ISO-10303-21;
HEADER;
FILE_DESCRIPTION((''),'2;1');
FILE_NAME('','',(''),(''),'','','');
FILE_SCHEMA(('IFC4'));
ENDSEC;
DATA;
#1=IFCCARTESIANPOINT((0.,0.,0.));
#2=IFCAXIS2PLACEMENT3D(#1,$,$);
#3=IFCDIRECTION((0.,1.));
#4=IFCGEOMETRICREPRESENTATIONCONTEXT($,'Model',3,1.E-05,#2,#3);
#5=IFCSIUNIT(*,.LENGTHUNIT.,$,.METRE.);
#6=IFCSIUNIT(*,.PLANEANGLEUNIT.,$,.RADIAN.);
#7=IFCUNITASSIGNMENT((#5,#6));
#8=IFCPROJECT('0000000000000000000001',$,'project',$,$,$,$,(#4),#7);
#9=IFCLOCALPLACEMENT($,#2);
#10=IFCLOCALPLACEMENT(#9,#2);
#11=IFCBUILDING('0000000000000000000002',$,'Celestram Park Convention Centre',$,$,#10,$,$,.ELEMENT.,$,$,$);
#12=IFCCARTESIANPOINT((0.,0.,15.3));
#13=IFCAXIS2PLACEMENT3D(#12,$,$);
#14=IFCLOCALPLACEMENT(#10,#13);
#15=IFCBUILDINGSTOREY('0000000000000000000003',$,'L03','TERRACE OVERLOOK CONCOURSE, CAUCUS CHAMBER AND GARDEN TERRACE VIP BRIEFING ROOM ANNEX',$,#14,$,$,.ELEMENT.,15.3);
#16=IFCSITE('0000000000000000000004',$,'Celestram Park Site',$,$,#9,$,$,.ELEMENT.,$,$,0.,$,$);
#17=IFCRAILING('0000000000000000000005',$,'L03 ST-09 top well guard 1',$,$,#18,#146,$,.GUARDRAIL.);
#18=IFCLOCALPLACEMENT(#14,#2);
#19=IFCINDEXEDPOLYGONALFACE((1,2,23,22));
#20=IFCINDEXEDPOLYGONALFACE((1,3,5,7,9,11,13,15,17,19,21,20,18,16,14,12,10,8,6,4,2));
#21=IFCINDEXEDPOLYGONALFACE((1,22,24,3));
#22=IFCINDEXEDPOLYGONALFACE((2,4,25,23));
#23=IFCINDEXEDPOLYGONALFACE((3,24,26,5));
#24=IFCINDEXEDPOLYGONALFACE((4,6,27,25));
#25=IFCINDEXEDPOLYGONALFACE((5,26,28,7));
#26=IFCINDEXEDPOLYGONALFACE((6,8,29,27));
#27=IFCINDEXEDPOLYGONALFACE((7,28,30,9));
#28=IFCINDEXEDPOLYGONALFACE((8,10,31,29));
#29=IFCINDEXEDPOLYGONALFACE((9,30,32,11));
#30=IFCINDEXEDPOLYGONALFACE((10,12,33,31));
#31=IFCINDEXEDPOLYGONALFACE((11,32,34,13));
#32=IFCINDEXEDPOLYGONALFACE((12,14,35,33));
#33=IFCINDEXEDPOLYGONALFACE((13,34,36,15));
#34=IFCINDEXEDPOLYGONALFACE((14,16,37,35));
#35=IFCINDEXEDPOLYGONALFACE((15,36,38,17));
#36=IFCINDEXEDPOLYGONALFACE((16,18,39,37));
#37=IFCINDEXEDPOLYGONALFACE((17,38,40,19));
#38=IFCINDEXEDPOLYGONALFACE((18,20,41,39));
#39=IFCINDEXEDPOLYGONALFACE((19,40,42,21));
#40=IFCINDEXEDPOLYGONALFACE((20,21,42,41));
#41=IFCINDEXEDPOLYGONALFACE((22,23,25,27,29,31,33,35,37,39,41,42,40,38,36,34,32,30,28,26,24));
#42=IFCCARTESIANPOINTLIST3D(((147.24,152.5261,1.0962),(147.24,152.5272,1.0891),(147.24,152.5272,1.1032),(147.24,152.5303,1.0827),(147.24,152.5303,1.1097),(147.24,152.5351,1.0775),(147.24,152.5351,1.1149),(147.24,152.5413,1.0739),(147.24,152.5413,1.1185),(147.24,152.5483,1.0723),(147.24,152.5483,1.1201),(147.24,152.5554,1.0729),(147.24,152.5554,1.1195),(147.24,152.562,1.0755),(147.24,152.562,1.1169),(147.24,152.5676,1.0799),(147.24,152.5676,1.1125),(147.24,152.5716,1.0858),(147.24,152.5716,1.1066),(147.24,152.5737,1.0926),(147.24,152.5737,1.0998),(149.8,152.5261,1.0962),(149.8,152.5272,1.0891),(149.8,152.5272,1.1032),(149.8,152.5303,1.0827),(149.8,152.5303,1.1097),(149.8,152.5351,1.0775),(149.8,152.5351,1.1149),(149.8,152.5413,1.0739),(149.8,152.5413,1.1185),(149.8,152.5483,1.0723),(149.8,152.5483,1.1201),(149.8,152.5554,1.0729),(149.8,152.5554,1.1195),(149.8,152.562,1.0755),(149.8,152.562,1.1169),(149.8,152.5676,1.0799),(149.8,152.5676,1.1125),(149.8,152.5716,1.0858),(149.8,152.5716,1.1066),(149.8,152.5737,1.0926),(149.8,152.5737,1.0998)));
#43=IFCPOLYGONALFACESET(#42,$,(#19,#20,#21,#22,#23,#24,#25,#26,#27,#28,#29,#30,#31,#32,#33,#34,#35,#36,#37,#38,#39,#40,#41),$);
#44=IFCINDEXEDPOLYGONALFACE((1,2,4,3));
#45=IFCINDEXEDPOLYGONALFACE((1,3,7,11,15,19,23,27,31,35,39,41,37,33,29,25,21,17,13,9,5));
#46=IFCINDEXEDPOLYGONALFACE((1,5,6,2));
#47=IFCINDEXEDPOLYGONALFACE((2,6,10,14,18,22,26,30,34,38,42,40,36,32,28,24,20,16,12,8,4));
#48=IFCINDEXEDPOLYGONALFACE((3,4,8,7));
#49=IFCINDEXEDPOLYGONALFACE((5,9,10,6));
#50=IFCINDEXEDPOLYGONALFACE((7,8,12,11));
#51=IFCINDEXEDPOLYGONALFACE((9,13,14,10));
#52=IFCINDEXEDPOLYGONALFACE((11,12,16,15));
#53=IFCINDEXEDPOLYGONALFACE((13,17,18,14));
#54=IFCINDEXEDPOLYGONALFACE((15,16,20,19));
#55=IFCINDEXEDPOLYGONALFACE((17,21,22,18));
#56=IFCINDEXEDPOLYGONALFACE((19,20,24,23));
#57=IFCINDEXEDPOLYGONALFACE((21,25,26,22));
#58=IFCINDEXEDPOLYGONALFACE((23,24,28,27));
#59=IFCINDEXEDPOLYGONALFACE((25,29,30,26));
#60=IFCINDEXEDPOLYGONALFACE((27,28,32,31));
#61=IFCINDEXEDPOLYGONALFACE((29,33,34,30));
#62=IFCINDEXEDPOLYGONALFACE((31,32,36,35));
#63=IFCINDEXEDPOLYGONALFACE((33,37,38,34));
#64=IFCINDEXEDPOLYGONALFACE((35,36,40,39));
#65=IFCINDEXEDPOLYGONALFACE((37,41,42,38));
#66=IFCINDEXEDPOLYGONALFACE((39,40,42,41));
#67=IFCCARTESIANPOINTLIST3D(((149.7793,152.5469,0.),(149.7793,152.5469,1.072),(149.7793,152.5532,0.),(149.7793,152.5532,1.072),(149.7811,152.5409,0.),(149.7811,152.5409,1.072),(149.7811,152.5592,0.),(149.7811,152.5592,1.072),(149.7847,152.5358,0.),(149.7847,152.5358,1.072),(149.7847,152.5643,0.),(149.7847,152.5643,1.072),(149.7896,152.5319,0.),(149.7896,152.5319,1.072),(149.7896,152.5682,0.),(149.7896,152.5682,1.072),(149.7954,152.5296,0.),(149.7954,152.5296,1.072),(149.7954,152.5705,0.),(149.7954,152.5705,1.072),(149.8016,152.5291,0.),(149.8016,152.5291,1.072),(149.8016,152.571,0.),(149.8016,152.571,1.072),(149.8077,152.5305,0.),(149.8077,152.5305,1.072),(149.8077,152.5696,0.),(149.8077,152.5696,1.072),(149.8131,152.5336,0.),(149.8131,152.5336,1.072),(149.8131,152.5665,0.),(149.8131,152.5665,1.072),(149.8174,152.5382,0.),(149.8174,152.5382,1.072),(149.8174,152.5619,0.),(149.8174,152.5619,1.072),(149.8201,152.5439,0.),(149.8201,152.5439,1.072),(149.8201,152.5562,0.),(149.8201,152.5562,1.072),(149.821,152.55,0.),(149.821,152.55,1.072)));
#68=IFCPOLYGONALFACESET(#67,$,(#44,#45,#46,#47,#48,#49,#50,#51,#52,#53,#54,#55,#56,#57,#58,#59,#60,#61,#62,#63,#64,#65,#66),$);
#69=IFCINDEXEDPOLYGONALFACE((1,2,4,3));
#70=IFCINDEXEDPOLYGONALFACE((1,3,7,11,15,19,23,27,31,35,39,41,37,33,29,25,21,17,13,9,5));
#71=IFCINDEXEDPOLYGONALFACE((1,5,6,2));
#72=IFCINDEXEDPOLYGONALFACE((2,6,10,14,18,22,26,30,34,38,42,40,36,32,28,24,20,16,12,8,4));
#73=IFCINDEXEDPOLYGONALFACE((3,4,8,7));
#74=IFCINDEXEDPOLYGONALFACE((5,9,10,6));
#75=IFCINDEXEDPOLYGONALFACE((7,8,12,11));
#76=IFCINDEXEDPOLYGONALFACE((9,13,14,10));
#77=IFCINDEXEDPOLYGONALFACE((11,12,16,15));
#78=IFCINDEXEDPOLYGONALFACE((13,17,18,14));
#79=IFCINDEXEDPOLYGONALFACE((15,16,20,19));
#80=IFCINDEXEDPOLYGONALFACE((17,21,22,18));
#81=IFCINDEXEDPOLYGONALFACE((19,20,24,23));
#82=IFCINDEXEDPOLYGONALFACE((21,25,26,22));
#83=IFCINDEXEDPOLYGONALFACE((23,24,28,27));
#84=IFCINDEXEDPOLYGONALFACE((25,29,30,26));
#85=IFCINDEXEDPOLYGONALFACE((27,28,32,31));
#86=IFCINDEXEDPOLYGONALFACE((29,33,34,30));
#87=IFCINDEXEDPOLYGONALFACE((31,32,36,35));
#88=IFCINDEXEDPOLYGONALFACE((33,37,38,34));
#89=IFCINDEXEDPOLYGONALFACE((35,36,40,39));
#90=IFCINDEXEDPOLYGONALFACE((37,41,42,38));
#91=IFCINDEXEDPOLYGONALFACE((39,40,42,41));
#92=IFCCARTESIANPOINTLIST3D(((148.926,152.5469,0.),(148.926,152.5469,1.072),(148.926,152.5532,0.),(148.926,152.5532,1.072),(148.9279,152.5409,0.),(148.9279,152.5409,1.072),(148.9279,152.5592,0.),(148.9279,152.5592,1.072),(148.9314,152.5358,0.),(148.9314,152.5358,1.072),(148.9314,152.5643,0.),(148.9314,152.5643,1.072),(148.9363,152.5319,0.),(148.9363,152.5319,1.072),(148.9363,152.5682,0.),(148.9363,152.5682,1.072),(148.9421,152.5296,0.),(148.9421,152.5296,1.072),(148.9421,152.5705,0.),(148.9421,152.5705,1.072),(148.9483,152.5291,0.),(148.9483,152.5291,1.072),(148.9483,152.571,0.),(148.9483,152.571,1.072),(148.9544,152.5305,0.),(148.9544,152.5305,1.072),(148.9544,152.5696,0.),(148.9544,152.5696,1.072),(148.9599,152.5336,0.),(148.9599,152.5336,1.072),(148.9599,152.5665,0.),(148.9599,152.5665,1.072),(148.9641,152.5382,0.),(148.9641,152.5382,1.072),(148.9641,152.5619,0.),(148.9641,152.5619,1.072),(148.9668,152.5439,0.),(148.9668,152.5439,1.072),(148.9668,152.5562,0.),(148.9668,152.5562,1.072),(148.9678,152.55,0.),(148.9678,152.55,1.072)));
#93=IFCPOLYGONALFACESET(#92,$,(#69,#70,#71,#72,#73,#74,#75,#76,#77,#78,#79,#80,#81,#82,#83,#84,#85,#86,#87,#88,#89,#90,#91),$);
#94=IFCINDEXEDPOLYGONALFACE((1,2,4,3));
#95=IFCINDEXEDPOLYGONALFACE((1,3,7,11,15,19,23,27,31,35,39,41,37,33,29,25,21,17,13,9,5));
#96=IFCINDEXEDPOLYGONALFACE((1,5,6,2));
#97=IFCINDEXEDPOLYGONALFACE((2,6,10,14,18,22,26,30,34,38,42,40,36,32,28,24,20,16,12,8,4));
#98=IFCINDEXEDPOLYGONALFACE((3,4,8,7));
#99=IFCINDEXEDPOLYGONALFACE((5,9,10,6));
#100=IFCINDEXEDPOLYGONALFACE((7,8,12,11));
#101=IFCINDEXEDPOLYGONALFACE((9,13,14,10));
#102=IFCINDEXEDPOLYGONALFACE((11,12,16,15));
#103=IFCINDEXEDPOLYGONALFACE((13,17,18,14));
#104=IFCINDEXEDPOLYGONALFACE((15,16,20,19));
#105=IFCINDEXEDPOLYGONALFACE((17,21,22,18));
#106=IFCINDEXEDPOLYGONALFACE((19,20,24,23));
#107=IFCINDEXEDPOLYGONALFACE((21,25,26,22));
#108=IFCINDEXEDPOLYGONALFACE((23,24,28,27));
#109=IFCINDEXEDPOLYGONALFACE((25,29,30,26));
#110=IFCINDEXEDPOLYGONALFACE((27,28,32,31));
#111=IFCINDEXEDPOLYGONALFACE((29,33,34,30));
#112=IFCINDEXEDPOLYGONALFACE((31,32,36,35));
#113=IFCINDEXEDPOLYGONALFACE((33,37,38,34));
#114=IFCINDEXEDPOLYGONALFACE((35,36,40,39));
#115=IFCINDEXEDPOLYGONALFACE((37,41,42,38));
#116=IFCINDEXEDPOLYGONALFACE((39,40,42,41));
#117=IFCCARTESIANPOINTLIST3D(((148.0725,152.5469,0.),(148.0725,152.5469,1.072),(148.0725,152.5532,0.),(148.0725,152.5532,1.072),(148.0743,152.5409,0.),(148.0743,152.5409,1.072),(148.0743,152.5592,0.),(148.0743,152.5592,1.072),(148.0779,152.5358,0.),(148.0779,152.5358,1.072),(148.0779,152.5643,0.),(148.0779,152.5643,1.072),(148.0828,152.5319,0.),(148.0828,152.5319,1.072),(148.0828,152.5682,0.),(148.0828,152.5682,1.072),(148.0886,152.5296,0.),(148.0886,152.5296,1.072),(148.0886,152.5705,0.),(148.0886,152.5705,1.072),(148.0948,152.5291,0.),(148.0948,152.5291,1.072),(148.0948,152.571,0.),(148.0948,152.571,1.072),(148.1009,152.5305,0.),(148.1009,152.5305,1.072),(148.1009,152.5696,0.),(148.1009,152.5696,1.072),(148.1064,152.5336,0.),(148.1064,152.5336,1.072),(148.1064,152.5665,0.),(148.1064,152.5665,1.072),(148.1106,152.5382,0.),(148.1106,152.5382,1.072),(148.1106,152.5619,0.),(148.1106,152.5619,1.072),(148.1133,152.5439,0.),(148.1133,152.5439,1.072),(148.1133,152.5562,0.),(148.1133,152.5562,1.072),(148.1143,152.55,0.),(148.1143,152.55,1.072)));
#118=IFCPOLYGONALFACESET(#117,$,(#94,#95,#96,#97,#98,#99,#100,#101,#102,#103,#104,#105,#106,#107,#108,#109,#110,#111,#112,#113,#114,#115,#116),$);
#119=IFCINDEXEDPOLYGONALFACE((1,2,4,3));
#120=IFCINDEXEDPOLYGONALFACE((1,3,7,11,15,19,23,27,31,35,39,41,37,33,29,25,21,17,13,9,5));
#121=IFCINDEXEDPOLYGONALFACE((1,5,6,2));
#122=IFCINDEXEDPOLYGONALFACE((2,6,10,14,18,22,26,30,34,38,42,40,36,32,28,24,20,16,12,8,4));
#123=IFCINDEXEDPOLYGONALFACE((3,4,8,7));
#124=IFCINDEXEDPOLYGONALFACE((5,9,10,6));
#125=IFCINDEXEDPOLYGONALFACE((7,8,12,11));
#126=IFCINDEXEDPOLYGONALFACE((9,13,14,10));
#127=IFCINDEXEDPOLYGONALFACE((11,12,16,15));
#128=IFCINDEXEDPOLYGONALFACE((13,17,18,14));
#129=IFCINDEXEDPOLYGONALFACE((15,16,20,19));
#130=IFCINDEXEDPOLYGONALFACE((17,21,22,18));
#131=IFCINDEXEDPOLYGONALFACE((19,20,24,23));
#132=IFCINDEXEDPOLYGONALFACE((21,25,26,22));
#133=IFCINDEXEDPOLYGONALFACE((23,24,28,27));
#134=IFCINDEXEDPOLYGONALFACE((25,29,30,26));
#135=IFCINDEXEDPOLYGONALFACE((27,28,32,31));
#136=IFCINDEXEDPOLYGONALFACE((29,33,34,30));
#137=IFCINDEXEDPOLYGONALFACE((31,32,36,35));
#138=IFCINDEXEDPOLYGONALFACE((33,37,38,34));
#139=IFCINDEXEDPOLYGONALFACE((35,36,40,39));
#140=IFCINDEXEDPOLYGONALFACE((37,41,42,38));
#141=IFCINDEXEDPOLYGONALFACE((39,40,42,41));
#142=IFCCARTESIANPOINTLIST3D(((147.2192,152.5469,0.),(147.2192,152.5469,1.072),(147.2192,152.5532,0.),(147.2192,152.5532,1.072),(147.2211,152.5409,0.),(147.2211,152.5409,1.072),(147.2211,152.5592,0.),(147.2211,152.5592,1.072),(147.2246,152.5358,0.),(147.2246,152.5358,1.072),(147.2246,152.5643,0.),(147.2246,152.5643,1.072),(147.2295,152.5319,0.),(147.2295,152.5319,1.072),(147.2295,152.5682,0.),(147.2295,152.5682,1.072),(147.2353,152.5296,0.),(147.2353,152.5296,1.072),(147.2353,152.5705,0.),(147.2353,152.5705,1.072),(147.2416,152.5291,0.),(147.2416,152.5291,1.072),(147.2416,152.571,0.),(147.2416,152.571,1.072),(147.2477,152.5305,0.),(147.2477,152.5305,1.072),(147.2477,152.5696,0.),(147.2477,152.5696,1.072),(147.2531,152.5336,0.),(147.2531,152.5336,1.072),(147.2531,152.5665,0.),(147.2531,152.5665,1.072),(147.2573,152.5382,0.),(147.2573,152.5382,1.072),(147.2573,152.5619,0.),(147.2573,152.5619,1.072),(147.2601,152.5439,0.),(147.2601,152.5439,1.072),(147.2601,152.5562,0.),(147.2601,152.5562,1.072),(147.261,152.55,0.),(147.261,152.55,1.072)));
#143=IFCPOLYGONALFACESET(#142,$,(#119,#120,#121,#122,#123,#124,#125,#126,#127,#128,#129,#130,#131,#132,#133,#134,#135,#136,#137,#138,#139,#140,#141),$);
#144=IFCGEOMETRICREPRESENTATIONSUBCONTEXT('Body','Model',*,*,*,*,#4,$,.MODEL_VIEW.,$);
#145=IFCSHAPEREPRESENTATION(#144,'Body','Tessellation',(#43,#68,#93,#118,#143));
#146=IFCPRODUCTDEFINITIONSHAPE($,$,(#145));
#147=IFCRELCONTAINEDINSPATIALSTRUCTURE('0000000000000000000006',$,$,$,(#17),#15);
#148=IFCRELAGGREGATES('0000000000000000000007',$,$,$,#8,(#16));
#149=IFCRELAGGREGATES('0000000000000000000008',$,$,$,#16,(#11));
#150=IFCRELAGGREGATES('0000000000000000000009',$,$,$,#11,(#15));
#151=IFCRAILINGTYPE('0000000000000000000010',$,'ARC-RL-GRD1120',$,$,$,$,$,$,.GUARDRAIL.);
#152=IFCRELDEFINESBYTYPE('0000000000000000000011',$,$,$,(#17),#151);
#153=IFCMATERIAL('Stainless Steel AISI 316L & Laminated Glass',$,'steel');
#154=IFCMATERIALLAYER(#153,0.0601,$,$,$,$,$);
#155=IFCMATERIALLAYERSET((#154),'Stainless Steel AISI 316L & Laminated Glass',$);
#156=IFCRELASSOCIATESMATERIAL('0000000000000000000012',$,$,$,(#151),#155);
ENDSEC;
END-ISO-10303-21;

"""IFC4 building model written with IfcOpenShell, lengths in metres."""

from ifc_helpers import new_model, si_unit, direction, frame, origin, origin_2d, place, context, subcontext, project, spatial, circle, extrude, material, layer, layer_set, type_object, element, save


model = new_model("IFC4")

# Units and contexts
model_context = context("Model", 3, precision=1e-05, world=origin(), true_north=direction((0.0, 1.0)))
body_context = subcontext(model_context, "Body", "Model", "MODEL_VIEW")
ifc_project = project(units=[si_unit("LENGTHUNIT", "METRE"), si_unit("PLANEANGLEUNIT", "RADIAN")], contexts=[model_context])

# Site, building, storey
site_placement = place(None, origin())
site = spatial("IfcSite", under=ifc_project, at=site_placement, Name="Celestram Park Site", CompositionType="ELEMENT", RefElevation=0.0)
building_placement = place(site_placement, origin())
building = spatial("IfcBuilding", under=site, at=building_placement, Name="Celestram Park Convention Centre", CompositionType="ELEMENT")
storey_placement = place(building_placement, frame((0.0, 0.0, 15.3)))
storey = spatial("IfcBuildingStorey", under=building, at=storey_placement, Name="L03", Description="TERRACE OVERLOOK CONCOURSE, CAUCUS CHAMBER AND GARDEN TERRACE VIP BRIEFING ROOM ANNEX", CompositionType="ELEMENT", Elevation=15.3)

# Railing
ifc_material_1 = material(Name="Stainless Steel AISI 316L & Laminated Glass", Category="steel")
ifc_layer_1 = layer(ifc_material_1, 0.0601)
ifc_layer_set_1 = layer_set([ifc_layer_1], Name="Stainless Steel AISI 316L & Laminated Glass")
railing_type = type_object("IfcRailingType", Name="ARC-RL-GRD1120", PredefinedType="GUARDRAIL", material=ifc_layer_set_1)
railing_placement = place(storey_placement, frame((149.8, 152.55, 0.0)))
element("IfcRailing", 1, at=railing_placement, inside=storey, type_object=railing_type, Name="L03 ST-09 top well guard 1", PredefinedType="GUARDRAIL", context=body_context, shape_type="SweptSolid", body=[
    extrude(circle(Radius=0.0239, at=origin_2d()), frame((0.0, 0.0, 1.0962), z_axis=(-1.0, 0.0, 0.0), x_axis=(0.0, -1.0, 0.0)), (0.0, 0.0, 1.0), 2.5601),
    extrude(circle(Radius=0.021, at=origin_2d()), origin(), (0.0, 0.0, 1.0), 1.072),
    extrude(circle(Radius=0.021, at=origin_2d()), frame((-0.8533, 0.0, 0.0)), (0.0, 0.0, 1.0), 1.072),
    extrude(circle(Radius=0.021, at=origin_2d()), frame((-1.7068, 0.0, 0.0)), (0.0, 0.0, 1.0), 1.072),
    extrude(circle(Radius=0.021, at=origin_2d()), frame((-2.5601, 0.0, 0.0)), (0.0, 0.0, 1.0), 1.072),
])

save(model, "model.ifc")
